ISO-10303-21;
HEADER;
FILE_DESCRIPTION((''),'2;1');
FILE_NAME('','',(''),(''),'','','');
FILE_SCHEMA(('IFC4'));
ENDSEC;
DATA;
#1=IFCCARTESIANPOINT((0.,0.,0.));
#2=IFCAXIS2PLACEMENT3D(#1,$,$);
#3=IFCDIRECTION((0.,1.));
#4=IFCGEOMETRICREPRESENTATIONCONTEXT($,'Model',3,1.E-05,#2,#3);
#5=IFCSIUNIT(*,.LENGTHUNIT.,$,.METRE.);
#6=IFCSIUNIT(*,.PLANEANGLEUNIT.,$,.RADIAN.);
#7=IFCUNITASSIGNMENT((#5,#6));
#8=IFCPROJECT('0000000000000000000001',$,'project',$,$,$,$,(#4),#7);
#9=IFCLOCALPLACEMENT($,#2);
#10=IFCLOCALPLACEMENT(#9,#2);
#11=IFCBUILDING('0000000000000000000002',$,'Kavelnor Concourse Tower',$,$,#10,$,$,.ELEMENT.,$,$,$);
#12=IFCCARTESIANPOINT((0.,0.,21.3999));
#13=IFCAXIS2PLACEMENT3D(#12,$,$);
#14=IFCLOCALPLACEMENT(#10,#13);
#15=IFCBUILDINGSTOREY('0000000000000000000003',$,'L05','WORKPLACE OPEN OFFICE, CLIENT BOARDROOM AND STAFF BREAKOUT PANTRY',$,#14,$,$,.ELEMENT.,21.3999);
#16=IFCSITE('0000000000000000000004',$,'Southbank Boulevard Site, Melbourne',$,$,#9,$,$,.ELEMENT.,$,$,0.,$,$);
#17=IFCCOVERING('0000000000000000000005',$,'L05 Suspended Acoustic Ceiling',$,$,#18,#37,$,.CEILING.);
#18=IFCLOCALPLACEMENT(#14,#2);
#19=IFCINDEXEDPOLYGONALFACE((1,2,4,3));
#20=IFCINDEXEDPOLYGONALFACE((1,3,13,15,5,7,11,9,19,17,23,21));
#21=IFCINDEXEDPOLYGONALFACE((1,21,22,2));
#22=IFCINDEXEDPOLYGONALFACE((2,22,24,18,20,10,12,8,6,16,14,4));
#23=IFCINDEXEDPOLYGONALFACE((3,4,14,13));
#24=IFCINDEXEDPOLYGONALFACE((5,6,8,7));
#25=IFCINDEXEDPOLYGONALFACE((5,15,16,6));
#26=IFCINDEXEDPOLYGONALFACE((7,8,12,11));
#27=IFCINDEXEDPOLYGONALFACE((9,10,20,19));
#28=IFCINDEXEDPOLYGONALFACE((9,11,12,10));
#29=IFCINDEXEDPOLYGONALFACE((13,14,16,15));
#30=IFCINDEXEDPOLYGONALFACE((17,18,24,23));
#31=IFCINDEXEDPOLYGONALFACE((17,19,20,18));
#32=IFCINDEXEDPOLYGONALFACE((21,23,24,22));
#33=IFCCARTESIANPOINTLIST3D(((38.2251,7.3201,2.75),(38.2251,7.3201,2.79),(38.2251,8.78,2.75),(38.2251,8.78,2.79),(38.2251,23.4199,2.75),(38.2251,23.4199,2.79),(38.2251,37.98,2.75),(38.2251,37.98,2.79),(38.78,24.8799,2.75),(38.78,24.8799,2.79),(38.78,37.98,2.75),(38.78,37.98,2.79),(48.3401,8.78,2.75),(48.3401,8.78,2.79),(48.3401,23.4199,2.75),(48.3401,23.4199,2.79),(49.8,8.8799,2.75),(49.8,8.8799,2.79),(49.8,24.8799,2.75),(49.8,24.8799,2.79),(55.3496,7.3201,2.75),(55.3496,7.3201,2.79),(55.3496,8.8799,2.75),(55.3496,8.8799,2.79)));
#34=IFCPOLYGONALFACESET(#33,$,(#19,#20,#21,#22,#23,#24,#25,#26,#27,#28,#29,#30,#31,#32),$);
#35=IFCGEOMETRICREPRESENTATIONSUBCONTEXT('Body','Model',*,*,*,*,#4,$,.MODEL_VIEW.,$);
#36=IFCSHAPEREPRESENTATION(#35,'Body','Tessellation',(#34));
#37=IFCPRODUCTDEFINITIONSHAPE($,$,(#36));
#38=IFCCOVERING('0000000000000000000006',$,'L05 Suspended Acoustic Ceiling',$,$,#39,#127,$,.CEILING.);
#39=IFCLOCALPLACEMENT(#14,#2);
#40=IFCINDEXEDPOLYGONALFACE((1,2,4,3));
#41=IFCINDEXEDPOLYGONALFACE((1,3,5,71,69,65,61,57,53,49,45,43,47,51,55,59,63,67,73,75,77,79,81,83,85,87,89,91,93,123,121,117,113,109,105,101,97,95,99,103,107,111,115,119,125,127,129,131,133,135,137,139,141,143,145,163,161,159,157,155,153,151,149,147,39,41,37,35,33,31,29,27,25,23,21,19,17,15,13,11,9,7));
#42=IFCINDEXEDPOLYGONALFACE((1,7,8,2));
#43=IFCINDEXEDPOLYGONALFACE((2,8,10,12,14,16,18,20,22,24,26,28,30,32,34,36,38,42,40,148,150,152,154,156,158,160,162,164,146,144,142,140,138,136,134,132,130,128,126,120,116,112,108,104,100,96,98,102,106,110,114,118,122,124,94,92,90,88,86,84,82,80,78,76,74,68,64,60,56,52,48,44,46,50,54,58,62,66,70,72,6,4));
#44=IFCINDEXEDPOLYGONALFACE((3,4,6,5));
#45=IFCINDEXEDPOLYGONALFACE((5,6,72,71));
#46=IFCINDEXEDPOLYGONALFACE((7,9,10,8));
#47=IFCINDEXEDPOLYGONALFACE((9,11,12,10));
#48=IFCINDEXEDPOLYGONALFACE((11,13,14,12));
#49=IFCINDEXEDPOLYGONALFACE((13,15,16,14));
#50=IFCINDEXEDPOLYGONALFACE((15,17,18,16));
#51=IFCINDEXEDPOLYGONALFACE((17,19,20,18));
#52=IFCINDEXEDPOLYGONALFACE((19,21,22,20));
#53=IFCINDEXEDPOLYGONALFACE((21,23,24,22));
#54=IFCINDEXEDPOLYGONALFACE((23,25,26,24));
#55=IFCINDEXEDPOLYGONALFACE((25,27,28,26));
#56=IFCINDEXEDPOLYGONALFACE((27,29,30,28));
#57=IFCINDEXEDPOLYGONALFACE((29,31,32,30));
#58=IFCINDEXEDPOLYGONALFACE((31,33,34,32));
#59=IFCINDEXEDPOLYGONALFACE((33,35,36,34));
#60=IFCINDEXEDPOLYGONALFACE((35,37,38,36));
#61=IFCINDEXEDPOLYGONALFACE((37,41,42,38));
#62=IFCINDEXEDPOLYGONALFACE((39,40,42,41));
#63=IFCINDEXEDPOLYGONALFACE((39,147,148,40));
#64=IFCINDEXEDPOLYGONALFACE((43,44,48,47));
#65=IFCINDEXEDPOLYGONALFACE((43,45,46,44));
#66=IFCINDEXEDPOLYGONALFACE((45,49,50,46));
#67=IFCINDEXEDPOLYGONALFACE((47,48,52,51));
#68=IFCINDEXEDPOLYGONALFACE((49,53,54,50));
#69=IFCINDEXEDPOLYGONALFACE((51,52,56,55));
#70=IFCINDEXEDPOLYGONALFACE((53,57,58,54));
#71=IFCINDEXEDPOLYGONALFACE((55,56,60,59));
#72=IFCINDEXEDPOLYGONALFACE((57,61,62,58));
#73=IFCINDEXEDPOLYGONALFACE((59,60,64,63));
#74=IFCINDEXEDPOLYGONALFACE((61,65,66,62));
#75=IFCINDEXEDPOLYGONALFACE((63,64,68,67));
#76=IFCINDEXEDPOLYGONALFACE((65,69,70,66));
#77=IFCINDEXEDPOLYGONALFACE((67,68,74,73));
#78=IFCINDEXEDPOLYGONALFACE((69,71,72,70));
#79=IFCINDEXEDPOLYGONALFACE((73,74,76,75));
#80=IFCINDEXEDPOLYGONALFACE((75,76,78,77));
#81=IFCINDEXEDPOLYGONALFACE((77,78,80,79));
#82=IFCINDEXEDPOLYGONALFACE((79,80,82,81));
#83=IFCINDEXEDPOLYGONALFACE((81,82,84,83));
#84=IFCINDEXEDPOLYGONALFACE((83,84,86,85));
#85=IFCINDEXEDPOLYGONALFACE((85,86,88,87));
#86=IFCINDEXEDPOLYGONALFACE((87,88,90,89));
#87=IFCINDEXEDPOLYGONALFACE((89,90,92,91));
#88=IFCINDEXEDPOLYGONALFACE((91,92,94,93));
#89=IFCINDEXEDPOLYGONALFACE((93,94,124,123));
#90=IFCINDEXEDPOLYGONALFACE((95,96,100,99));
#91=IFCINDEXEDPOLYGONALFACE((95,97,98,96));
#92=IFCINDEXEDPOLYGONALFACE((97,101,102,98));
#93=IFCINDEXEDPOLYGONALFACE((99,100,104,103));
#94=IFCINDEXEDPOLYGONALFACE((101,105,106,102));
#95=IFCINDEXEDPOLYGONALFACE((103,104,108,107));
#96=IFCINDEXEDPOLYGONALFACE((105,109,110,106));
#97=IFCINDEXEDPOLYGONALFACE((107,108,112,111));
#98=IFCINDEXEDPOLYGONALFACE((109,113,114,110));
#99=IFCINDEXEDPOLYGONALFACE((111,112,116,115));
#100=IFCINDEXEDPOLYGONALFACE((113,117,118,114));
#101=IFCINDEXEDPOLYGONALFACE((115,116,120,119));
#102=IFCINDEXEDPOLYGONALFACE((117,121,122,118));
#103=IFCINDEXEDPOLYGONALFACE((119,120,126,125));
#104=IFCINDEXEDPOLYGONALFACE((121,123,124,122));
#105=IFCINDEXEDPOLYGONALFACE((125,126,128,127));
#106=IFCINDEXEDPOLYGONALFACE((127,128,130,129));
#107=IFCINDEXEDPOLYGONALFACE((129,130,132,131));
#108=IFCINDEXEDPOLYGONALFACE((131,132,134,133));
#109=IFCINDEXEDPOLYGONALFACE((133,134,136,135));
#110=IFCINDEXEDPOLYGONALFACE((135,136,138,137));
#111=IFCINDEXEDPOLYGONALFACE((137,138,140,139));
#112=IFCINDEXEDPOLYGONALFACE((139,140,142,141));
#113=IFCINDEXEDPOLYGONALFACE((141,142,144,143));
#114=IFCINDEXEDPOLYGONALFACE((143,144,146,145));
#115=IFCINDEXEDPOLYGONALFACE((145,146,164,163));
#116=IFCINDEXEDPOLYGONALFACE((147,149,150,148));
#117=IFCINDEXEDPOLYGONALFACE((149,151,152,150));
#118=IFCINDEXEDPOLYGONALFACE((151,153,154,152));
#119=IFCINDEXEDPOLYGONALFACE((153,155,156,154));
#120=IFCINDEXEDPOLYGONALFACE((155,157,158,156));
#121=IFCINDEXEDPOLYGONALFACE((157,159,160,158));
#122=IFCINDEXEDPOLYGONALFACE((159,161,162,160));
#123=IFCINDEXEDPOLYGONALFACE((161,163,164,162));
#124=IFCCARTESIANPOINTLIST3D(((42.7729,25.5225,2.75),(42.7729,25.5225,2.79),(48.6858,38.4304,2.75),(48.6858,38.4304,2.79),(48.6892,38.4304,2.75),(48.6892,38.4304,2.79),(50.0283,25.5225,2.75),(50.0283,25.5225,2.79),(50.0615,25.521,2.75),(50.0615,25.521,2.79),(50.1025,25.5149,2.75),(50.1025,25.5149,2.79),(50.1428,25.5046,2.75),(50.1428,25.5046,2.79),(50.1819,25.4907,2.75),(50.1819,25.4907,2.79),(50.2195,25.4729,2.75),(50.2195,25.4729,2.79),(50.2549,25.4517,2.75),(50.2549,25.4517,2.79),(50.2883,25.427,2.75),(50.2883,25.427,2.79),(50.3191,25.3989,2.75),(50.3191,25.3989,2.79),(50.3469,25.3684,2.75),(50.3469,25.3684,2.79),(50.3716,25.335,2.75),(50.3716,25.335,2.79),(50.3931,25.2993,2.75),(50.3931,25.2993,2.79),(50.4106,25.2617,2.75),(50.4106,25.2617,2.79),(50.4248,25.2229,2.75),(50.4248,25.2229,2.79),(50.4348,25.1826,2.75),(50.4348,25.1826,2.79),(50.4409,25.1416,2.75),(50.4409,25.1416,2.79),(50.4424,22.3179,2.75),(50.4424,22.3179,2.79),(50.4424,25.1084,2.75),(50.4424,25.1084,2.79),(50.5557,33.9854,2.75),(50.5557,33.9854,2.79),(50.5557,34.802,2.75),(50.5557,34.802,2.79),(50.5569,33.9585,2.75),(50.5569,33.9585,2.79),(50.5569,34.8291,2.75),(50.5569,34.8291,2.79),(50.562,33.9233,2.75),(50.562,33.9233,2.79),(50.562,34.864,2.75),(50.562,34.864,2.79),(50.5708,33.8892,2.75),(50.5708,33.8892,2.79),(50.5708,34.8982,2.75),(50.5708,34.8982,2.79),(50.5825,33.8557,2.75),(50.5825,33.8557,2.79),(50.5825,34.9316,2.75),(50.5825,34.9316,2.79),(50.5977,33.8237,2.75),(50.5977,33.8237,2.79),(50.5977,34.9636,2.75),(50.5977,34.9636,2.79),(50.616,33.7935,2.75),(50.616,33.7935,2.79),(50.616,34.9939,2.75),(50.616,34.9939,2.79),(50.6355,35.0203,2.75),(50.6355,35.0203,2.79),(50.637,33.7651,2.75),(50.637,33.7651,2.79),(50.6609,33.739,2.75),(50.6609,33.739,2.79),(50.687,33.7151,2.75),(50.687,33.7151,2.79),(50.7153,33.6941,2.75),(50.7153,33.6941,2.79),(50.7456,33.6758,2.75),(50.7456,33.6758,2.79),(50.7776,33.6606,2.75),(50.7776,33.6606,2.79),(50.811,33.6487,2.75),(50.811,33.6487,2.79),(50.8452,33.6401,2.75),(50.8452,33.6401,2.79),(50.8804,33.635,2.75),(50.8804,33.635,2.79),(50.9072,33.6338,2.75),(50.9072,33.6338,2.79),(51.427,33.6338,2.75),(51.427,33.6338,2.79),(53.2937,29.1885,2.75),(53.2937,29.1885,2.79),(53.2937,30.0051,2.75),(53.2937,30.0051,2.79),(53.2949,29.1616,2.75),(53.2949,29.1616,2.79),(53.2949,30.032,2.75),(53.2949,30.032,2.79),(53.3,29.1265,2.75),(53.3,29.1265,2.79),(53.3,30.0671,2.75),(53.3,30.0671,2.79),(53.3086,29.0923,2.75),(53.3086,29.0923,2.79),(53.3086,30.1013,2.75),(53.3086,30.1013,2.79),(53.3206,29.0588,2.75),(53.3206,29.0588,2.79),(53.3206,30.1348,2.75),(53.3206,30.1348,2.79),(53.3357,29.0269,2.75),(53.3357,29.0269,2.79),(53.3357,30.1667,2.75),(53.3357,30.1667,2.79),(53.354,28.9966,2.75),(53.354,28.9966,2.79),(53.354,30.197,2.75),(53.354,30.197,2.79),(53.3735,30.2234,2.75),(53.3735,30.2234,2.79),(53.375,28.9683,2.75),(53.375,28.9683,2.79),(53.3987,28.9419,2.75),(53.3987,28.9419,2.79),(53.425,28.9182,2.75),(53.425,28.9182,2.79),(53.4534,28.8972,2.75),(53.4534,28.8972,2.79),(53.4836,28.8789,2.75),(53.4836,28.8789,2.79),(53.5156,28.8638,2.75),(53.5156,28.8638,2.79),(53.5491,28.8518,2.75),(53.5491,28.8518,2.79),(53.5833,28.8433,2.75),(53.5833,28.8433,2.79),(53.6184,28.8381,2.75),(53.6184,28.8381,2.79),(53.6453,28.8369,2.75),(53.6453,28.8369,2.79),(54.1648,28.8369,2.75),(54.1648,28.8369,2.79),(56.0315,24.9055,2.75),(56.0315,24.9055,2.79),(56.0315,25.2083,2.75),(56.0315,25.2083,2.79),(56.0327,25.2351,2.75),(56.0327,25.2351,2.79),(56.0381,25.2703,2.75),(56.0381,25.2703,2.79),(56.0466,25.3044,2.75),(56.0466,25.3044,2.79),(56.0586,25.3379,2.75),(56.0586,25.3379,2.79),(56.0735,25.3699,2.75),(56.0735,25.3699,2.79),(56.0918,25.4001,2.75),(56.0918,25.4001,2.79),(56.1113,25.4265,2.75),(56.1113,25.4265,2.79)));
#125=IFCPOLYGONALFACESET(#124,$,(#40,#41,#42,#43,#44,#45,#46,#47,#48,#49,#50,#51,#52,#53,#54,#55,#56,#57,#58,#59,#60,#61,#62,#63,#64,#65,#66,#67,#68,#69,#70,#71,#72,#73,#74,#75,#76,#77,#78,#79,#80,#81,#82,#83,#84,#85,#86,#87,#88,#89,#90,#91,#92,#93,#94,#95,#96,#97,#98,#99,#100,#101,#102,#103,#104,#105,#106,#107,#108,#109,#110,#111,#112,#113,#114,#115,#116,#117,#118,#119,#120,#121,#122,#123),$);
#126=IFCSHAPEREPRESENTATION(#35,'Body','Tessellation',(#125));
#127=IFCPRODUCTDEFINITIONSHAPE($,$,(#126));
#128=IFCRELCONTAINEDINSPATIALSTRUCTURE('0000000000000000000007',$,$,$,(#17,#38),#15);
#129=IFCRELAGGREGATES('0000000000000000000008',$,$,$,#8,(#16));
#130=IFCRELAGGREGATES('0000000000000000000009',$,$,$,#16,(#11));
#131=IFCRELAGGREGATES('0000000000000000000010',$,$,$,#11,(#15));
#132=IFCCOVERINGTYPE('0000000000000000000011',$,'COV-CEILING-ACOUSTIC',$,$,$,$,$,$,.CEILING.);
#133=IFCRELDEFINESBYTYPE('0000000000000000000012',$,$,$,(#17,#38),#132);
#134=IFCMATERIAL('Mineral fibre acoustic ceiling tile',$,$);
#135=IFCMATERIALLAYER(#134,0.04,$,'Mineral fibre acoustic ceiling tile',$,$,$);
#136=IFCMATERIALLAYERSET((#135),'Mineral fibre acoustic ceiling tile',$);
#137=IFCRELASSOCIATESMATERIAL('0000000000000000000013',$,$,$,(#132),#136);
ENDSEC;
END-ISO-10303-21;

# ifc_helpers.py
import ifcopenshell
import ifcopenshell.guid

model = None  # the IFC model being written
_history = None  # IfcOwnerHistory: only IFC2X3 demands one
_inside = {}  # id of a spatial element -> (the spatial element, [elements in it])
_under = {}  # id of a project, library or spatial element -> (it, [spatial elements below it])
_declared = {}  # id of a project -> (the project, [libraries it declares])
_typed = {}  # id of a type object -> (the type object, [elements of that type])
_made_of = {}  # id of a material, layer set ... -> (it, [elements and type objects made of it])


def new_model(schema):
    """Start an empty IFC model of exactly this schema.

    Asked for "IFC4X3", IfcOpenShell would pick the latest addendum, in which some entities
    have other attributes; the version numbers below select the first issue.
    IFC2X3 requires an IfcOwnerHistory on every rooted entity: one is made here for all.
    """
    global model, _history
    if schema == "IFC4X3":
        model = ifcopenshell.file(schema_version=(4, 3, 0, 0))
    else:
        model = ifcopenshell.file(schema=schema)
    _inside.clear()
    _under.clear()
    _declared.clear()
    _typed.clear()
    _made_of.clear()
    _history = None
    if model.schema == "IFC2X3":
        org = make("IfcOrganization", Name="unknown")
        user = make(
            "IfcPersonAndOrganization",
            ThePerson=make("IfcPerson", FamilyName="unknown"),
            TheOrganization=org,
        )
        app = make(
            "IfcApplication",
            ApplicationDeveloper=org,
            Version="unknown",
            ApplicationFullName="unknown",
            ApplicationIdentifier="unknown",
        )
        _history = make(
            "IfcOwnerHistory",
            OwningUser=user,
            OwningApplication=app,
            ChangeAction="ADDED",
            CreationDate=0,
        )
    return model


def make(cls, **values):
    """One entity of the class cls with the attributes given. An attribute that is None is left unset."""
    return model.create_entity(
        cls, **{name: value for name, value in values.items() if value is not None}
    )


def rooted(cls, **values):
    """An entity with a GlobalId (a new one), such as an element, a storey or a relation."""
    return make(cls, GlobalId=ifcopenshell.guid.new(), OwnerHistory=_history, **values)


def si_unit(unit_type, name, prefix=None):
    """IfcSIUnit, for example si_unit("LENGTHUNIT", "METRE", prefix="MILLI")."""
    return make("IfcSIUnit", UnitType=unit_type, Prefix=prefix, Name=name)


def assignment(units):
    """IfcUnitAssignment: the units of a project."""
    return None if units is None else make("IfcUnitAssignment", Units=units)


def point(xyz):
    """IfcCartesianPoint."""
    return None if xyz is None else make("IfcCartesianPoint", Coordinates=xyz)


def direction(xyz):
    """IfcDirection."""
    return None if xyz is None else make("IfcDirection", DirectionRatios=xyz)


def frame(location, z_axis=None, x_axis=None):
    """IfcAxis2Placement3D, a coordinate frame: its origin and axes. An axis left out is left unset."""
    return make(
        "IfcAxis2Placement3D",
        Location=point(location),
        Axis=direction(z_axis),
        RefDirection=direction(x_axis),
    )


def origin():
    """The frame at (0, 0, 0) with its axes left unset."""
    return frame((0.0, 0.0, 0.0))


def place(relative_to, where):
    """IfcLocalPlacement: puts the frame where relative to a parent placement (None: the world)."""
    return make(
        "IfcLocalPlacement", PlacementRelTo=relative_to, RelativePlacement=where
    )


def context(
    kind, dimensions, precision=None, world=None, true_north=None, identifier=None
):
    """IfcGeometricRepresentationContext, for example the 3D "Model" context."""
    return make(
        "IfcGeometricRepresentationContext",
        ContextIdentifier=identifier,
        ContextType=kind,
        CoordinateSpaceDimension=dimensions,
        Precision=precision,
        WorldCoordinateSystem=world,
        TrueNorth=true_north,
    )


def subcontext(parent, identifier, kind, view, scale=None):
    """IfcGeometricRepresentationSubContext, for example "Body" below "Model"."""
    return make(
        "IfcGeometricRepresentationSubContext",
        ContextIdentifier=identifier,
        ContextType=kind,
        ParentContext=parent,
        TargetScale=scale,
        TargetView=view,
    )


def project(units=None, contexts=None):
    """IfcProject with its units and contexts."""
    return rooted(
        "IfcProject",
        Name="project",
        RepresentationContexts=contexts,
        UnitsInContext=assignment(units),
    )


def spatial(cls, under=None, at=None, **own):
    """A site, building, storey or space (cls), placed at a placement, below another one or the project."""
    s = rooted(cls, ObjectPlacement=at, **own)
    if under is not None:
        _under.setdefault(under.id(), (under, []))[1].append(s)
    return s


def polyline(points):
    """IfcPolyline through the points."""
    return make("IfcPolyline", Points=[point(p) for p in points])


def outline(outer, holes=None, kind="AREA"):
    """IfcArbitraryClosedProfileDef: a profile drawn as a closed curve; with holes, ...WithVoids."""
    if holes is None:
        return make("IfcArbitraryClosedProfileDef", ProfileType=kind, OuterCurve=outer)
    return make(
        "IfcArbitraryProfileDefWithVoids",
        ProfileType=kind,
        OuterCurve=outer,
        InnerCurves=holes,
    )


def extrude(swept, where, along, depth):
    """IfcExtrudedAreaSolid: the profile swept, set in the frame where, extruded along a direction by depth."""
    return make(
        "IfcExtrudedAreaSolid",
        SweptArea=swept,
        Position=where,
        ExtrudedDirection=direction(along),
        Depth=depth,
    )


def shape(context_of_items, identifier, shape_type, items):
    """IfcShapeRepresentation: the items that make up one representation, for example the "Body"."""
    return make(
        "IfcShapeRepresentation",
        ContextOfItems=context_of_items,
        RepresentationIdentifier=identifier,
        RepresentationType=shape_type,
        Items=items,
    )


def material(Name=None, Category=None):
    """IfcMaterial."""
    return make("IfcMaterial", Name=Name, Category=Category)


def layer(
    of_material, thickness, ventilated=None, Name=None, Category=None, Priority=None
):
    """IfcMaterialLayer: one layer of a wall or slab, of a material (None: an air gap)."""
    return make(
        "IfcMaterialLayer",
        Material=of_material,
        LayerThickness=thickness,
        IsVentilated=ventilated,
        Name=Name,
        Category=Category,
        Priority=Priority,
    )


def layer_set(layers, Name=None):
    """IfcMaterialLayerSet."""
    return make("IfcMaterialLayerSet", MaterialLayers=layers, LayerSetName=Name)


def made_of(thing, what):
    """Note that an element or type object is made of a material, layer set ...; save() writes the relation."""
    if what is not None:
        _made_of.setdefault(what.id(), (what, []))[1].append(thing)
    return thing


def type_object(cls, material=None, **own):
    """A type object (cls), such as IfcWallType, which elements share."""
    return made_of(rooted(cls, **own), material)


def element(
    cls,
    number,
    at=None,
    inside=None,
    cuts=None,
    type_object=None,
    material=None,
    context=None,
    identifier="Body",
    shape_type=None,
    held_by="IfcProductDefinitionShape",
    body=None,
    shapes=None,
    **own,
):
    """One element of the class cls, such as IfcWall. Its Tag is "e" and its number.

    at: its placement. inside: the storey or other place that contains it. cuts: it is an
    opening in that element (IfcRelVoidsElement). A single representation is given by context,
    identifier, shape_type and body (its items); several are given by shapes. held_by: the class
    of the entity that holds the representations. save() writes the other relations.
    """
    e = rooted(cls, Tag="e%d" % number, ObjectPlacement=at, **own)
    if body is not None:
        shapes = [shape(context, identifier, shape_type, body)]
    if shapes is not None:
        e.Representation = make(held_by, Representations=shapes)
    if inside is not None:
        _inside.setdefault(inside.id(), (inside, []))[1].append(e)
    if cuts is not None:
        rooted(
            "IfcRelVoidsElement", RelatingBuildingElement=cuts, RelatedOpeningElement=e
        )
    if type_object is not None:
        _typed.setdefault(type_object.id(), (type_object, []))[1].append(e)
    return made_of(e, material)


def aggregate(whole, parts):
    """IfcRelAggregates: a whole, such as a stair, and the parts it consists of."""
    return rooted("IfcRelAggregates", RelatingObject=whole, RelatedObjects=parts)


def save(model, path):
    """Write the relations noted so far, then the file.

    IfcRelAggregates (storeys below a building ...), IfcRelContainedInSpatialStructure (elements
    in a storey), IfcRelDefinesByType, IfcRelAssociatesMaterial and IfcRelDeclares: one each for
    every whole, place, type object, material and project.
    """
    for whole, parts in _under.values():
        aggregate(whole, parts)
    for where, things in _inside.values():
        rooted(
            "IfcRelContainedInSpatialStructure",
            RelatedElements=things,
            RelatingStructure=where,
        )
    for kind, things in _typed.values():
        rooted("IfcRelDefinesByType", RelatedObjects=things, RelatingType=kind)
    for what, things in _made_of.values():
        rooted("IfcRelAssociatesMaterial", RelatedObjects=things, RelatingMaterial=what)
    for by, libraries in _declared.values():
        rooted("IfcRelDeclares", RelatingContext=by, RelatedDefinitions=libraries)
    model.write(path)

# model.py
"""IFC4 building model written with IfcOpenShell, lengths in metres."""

from ifc_helpers import new_model, si_unit, direction, frame, origin, place, context, subcontext, project, spatial, polyline, outline, extrude, material, layer, layer_set, type_object, element, save


model = new_model("IFC4")

# Units and contexts
model_context = context("Model", 3, precision=1e-05, world=origin(), true_north=direction((0.0, 1.0)))
body_context = subcontext(model_context, "Body", "Model", "MODEL_VIEW")
ifc_project = project(units=[si_unit("LENGTHUNIT", "METRE"), si_unit("PLANEANGLEUNIT", "RADIAN")], contexts=[model_context])

# Site, building, storey
site_placement = place(None, origin())
site = spatial("IfcSite", under=ifc_project, at=site_placement, Name="Southbank Boulevard Site, Melbourne", CompositionType="ELEMENT", RefElevation=0.0)
building_placement = place(site_placement, origin())
building = spatial("IfcBuilding", under=site, at=building_placement, Name="Kavelnor Concourse Tower", CompositionType="ELEMENT")
storey_placement = place(building_placement, frame((0.0, 0.0, 21.3999)))
storey = spatial("IfcBuildingStorey", under=building, at=storey_placement, Name="L05", Description="WORKPLACE OPEN OFFICE, CLIENT BOARDROOM AND STAFF BREAKOUT PANTRY", CompositionType="ELEMENT", Elevation=21.3999)

# Coverings
ifc_material_1 = material(Name="Mineral fibre acoustic ceiling tile")
ifc_layer_1 = layer(ifc_material_1, 0.04, Name="Mineral fibre acoustic ceiling tile")
ifc_layer_set_1 = layer_set([ifc_layer_1], Name="Mineral fibre acoustic ceiling tile")
covering_type_1 = type_object("IfcCoveringType", Name="COV-CEILING-ACOUSTIC", PredefinedType="CEILING", material=ifc_layer_set_1)
covering_1_placement = place(storey_placement, frame((0.0, 0.0, 2.75)))
element("IfcCovering", 1, at=covering_1_placement, inside=storey, type_object=covering_type_1, Name="L05 Suspended Acoustic Ceiling", PredefinedType="CEILING", context=body_context, shape_type="SweptSolid", body=[
    extrude(outline(polyline([(38.78, 37.98), (38.78, 24.8799), (49.8, 24.8799), (49.8, 8.8799), (55.3496, 8.8799), (55.3496, 7.3201), (38.2251, 7.3201), (38.2251, 8.78), (48.3401, 8.78), (48.3401, 23.4199), (38.2251, 23.4199), (38.2251, 37.98), (38.78, 37.98)])), origin(), (0.0, 0.0, 1.0), 0.04),
])
covering_2_placement = place(storey_placement, frame((0.0, 0.0, 2.75)))
element("IfcCovering", 2, at=covering_2_placement, inside=storey, type_object=covering_type_1, Name="L05 Suspended Acoustic Ceiling", PredefinedType="CEILING", context=body_context, shape_type="SweptSolid", body=[
    extrude(outline(polyline([(50.4409, 25.1416), (50.4348, 25.1826), (50.4248, 25.2229), (50.4106, 25.2617), (50.3931, 25.2993), (50.3716, 25.335), (50.3469, 25.3684), (50.3191, 25.3989), (50.2883, 25.427), (50.2549, 25.4517), (50.2195, 25.4729), (50.1819, 25.4907), (50.1428, 25.5046), (50.1025, 25.5149), (50.0615, 25.521), (50.0283, 25.5225), (42.7729, 25.5225), (48.6858, 38.4304), (48.6892, 38.4304), (50.6355, 35.0203), (50.616, 34.9939), (50.5977, 34.9636), (50.5825, 34.9316), (50.5708, 34.8982), (50.562, 34.864), (50.5569, 34.8291), (50.5557, 34.802), (50.5557, 33.9854), (50.5569, 33.9585), (50.562, 33.9233), (50.5708, 33.8892), (50.5825, 33.8557), (50.5977, 33.8237), (50.616, 33.7935), (50.637, 33.7651), (50.6609, 33.739), (50.687, 33.7151), (50.7153, 33.6941), (50.7456, 33.6758), (50.7776, 33.6606), (50.811, 33.6487), (50.8452, 33.6401), (50.8804, 33.635), (50.9072, 33.6338), (51.427, 33.6338), (53.3735, 30.2234), (53.354, 30.197), (53.3357, 30.1667), (53.3206, 30.1348), (53.3086, 30.1013), (53.3, 30.0671), (53.2949, 30.032), (53.2937, 30.0051), (53.2937, 29.1885), (53.2949, 29.1616), (53.3, 29.1265), (53.3086, 29.0923), (53.3206, 29.0588), (53.3357, 29.0269), (53.354, 28.9966), (53.375, 28.9683), (53.3987, 28.9419), (53.425, 28.9182), (53.4534, 28.8972), (53.4836, 28.8789), (53.5156, 28.8638), (53.5491, 28.8518), (53.5833, 28.8433), (53.6184, 28.8381), (53.6453, 28.8369), (54.1648, 28.8369), (56.1113, 25.4265), (56.0918, 25.4001), (56.0735, 25.3699), (56.0586, 25.3379), (56.0466, 25.3044), (56.0381, 25.2703), (56.0327, 25.2351), (56.0315, 25.2083), (56.0315, 24.9055), (50.4424, 22.3179), (50.4424, 25.1084), (50.4409, 25.1416)])), origin(), (0.0, 0.0, 1.0), 0.04),
])

save(model, "model.ifc")
